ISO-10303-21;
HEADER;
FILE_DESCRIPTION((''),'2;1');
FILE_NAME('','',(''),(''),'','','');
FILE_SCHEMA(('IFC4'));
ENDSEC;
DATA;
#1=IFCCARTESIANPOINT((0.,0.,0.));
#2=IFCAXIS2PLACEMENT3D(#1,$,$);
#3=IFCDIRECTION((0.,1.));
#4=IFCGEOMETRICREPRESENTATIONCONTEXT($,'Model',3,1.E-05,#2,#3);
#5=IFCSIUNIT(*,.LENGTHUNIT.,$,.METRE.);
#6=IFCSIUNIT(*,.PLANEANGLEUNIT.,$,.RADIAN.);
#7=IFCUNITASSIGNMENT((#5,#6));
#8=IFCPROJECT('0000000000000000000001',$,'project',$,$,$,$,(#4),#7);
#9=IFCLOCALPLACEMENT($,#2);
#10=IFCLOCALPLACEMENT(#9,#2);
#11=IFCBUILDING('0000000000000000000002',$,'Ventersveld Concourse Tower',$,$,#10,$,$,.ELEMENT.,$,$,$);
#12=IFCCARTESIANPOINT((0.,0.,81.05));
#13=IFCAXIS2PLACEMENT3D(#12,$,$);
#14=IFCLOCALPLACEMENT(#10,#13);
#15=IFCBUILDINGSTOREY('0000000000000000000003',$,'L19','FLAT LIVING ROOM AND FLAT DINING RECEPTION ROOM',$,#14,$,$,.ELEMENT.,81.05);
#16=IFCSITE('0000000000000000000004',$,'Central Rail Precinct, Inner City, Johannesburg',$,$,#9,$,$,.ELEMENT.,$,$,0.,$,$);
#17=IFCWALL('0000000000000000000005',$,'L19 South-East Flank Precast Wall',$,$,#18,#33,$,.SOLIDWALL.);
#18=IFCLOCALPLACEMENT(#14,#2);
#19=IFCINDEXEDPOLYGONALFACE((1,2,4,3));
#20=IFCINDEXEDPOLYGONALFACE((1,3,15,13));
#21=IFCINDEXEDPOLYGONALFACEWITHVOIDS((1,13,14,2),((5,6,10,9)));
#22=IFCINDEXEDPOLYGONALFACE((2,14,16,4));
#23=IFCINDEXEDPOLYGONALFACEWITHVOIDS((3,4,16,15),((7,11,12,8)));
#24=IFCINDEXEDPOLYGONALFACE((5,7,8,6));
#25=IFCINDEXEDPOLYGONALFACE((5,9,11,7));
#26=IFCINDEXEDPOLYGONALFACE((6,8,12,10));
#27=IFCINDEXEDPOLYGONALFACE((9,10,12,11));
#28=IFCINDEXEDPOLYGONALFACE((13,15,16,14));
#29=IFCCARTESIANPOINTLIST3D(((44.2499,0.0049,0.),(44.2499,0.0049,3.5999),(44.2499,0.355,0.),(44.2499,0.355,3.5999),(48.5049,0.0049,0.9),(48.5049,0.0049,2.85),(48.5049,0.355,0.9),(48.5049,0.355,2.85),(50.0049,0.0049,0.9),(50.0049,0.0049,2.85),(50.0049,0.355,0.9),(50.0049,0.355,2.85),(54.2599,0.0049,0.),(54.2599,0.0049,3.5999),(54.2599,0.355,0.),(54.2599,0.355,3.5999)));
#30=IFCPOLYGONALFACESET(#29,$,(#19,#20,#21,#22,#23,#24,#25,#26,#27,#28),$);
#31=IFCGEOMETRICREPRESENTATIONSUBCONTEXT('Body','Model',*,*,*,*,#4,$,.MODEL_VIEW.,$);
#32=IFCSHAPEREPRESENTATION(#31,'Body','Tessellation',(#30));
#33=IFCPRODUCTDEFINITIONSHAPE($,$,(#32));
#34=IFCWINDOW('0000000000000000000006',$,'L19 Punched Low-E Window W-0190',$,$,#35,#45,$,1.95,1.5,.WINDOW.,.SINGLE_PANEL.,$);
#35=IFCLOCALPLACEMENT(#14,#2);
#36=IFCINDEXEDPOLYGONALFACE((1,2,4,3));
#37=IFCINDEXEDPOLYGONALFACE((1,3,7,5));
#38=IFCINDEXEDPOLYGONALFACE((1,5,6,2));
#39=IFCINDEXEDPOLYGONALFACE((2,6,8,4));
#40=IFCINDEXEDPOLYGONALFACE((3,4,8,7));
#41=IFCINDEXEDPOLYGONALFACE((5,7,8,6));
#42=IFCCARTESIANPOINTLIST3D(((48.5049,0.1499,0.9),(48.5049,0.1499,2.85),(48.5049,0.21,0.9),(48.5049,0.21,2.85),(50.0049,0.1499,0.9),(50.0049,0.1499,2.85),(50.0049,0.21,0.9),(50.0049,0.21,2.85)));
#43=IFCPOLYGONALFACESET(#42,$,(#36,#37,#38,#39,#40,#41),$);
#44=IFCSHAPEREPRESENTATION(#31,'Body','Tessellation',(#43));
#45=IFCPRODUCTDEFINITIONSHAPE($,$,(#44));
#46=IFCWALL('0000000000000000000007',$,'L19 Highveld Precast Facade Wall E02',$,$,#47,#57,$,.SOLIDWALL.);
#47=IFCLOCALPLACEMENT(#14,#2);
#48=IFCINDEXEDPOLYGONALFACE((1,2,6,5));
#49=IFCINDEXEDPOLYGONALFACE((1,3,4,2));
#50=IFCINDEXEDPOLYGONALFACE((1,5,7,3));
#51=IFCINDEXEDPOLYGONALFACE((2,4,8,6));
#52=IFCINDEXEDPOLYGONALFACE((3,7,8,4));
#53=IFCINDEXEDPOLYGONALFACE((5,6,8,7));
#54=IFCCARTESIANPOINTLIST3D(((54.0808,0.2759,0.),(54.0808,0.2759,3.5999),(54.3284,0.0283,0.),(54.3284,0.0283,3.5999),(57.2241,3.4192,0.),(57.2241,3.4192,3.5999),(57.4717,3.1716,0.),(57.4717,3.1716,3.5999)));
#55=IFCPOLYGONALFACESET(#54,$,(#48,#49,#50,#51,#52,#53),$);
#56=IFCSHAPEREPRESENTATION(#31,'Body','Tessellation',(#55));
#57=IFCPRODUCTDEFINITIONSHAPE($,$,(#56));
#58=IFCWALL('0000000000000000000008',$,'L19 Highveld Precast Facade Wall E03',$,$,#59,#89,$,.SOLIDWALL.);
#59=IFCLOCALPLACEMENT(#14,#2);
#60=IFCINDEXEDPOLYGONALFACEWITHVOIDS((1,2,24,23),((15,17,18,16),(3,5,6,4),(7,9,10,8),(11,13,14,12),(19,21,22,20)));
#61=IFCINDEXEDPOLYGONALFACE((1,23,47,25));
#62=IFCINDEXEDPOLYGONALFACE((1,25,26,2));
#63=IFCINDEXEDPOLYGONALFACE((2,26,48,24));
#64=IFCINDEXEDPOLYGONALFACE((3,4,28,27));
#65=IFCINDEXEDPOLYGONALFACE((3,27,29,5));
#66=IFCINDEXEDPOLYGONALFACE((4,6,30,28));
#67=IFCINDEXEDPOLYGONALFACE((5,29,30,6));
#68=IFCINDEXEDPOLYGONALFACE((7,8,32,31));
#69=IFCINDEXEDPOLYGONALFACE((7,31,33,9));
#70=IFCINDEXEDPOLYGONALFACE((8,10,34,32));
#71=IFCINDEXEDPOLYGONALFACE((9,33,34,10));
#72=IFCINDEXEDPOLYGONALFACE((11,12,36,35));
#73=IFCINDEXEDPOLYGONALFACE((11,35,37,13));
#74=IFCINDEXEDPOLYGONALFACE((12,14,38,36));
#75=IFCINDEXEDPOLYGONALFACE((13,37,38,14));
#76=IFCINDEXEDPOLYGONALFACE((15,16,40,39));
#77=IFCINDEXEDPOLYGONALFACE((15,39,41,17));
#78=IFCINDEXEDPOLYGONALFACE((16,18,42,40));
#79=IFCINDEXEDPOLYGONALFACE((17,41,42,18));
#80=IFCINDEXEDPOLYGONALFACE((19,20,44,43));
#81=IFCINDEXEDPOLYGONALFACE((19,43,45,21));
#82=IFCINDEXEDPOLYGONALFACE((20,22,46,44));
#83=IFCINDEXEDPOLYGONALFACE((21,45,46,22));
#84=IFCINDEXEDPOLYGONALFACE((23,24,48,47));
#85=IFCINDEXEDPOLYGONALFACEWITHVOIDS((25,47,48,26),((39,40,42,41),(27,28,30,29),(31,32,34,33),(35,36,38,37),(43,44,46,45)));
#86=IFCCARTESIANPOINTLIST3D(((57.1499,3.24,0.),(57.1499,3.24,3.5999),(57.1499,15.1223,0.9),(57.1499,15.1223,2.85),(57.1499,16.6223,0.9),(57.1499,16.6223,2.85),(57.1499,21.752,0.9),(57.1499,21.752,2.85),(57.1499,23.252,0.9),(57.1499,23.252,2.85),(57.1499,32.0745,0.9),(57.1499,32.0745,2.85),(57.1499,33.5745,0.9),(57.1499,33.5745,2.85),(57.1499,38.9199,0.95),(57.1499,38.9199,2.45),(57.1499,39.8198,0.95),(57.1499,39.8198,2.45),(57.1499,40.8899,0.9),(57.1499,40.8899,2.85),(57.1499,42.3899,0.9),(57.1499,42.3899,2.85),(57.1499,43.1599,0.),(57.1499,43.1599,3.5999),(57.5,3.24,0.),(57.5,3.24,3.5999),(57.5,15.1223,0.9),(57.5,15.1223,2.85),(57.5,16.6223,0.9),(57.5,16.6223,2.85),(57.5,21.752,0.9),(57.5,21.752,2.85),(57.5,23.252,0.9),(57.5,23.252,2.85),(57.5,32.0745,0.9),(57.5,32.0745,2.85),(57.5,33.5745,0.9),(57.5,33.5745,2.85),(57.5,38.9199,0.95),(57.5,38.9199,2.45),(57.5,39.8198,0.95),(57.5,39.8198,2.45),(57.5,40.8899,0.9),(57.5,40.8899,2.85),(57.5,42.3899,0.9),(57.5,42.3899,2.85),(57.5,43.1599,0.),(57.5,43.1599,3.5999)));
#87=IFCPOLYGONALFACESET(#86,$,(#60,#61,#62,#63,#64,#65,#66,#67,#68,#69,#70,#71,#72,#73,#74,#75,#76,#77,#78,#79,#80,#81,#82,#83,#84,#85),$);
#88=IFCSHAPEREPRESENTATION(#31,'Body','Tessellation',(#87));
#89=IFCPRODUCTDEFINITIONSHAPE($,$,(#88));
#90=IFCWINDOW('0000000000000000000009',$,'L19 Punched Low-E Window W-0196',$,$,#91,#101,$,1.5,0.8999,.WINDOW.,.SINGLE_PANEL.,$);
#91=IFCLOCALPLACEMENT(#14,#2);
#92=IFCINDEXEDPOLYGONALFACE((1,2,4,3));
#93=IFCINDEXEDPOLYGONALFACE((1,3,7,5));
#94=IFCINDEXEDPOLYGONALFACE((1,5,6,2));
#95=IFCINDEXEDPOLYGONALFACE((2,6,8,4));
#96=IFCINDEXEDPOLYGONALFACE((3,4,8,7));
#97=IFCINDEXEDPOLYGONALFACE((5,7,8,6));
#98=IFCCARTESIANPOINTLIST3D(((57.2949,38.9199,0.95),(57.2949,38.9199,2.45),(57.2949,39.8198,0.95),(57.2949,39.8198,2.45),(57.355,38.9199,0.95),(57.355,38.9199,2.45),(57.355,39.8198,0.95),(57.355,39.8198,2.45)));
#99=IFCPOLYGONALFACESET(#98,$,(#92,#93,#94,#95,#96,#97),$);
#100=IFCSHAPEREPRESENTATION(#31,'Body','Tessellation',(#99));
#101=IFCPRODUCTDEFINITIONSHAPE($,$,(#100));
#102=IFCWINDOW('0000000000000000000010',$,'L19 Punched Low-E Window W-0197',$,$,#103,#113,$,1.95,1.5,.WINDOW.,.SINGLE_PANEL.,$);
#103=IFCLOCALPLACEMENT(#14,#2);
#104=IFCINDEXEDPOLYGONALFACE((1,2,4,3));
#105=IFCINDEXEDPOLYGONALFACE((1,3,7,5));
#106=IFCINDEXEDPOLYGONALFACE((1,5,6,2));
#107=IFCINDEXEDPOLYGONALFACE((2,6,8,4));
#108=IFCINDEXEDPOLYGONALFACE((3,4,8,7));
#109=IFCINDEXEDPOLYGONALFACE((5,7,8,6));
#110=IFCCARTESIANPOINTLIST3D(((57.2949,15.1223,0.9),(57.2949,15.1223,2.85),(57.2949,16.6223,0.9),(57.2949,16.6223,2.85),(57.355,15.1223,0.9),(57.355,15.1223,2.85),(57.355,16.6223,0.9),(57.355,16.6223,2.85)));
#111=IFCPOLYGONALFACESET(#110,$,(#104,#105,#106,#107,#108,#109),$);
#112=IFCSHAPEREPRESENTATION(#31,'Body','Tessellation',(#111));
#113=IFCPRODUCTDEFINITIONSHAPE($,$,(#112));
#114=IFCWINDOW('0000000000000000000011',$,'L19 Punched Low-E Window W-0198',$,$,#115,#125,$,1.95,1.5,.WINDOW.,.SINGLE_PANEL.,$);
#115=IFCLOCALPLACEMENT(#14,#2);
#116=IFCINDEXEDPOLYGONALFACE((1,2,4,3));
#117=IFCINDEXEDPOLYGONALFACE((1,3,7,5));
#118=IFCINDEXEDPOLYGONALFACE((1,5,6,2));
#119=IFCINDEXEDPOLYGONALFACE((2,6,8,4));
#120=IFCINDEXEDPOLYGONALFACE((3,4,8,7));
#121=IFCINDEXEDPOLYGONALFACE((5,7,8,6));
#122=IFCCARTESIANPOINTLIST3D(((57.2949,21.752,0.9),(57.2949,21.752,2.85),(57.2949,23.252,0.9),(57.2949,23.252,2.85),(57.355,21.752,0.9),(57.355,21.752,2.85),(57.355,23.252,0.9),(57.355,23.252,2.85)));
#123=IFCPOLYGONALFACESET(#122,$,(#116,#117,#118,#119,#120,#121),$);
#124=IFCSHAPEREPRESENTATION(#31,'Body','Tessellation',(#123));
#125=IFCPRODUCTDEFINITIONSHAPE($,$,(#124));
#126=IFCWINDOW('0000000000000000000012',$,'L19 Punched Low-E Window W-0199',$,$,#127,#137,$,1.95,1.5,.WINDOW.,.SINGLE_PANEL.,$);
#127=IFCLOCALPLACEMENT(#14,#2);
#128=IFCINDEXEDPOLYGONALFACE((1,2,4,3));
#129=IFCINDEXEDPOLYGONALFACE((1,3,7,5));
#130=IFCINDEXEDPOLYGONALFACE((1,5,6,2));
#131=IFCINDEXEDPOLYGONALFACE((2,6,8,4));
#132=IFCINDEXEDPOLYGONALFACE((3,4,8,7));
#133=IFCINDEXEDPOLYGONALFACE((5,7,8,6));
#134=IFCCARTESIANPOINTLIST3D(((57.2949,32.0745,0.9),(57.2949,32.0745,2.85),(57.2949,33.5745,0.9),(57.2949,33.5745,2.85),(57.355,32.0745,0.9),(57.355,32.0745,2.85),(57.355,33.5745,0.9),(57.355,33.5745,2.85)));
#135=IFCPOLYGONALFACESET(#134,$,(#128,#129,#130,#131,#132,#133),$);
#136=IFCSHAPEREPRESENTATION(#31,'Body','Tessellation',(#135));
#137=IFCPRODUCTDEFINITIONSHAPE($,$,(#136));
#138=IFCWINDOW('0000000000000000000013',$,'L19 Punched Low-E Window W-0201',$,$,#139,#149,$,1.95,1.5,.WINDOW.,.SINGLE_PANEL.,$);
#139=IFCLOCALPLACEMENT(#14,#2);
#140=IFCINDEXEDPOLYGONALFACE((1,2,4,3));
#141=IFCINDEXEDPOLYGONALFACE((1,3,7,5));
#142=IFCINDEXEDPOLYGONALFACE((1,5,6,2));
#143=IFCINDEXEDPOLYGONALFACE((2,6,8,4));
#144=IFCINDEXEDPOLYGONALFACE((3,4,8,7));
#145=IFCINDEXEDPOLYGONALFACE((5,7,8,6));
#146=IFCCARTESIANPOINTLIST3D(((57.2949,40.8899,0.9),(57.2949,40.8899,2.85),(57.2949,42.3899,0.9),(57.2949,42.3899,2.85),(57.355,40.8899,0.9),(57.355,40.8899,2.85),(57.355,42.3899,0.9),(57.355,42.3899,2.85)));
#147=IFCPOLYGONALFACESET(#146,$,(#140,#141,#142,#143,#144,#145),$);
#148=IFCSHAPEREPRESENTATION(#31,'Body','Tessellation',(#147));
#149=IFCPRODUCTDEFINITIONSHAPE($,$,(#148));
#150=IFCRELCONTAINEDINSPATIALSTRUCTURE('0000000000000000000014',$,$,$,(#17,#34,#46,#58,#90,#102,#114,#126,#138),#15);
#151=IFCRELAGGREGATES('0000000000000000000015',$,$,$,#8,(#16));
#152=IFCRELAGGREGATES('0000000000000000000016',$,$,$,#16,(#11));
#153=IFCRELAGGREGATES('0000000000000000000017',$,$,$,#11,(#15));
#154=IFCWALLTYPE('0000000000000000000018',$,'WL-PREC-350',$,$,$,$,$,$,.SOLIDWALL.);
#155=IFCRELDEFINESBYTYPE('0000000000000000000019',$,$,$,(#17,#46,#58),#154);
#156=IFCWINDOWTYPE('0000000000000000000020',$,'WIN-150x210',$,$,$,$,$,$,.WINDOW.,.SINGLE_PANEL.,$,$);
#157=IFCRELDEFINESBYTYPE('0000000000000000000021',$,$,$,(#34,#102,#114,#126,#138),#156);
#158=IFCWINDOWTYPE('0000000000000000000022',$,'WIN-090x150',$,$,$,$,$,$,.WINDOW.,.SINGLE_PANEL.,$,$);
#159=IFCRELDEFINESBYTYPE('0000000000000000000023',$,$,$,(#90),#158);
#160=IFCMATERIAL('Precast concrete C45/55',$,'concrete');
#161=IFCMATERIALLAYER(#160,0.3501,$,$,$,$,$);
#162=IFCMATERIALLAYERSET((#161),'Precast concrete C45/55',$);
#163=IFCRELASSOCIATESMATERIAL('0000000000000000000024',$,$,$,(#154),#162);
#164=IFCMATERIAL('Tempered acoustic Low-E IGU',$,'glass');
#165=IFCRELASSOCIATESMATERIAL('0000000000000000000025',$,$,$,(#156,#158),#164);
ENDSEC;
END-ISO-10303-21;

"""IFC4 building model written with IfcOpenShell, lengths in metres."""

from ifc_helpers import new_model, si_unit, direction, frame, frame_2d, origin, place, context, subcontext, project, spatial, rectangle, extrude, material, layer, layer_set, type_object, element, fill, save


model = new_model("IFC4")

# Units and contexts
model_context = context("Model", 3, precision=1e-05, world=origin(), true_north=direction((0.0, 1.0)))
body_context = subcontext(model_context, "Body", "Model", "MODEL_VIEW")
ifc_project = project(units=[si_unit("LENGTHUNIT", "METRE"), si_unit("PLANEANGLEUNIT", "RADIAN")], contexts=[model_context])

# Site, building, storey
site_placement = place(None, origin())
site = spatial("IfcSite", under=ifc_project, at=site_placement, Name="Central Rail Precinct, Inner City, Johannesburg", CompositionType="ELEMENT", RefElevation=0.0)
building_placement = place(site_placement, origin())
building = spatial("IfcBuilding", under=site, at=building_placement, Name="Ventersveld Concourse Tower", CompositionType="ELEMENT")
storey_placement = place(building_placement, frame((0.0, 0.0, 81.05)))
storey = spatial("IfcBuildingStorey", under=building, at=storey_placement, Name="L19", Description="FLAT LIVING ROOM AND FLAT DINING RECEPTION ROOM", CompositionType="ELEMENT", Elevation=81.05)

# Wall, opening, window
ifc_material_1 = material(Name="Precast concrete C45/55", Category="concrete")
ifc_layer_1 = layer(ifc_material_1, 0.3501)
ifc_layer_set_1 = layer_set([ifc_layer_1], Name="Precast concrete C45/55")
wall_type_1 = type_object("IfcWallType", Name="WL-PREC-350", PredefinedType="SOLIDWALL", material=ifc_layer_set_1)
wall_1_placement = place(storey_placement, frame((44.25, 0.1799, 0.0), z_axis=(0.0, 0.0, 1.0), x_axis=(1.0, 0.0, 0.0)))
wall_1 = element("IfcWall", 1, at=wall_1_placement, inside=storey, type_object=wall_type_1, Name="L19 South-East Flank Precast Wall", PredefinedType="SOLIDWALL", context=body_context, shape_type="SweptSolid", body=[
    extrude(rectangle(XDim=10.01, YDim=0.3501, at=frame_2d((5.0049, 0.0))), origin(), (0.0, 0.0, 1.0), 3.5999),
])
opening_1_placement = place(wall_1_placement, frame((4.2549, 0.0, 0.8999)))
opening_1 = element("IfcOpeningElement", 2, at=opening_1_placement, cuts=wall_1, PredefinedType="OPENING", context=body_context, shape_type="SweptSolid", body=[
    extrude(rectangle(XDim=1.5, YDim=1.95, at=frame_2d((0.75, 0.9751))), frame((0.0, 0.1851, 0.0), z_axis=(0.0, -1.0, 0.0), x_axis=(1.0, 0.0, 0.0)), (0.0, 0.0, 1.0), 0.3701),
])
ifc_material_2 = material(Name="Tempered acoustic Low-E IGU", Category="glass")
window_type_1 = type_object("IfcWindowType", Name="WIN-150x210", PartitioningType="SINGLE_PANEL", PredefinedType="WINDOW", material=ifc_material_2)
window_1_placement = place(opening_1_placement, origin())
window_1 = element("IfcWindow", 3, at=window_1_placement, inside=storey, type_object=window_type_1, Name="L19 Punched Low-E Window W-0190", OverallHeight=1.95, OverallWidth=1.5, PartitioningType="SINGLE_PANEL", PredefinedType="WINDOW", context=body_context, shape_type="SweptSolid", body=[
    extrude(rectangle(XDim=1.5, YDim=1.95, at=frame_2d((0.75, 0.9751))), frame((0.0, 0.03, 0.0), z_axis=(0.0, -1.0, 0.0), x_axis=(1.0, 0.0, 0.0)), (0.0, 0.0, 1.0), 0.0601),
])
fill(opening_1, window_1)

# Wall
wall_2_placement = place(storey_placement, frame((54.2046, 0.1521, 0.0), z_axis=(0.0, 0.0, 1.0), x_axis=(0.707107, 0.707107, 0.0)))
element("IfcWall", 4, at=wall_2_placement, inside=storey, type_object=wall_type_1, Name="L19 Highveld Precast Facade Wall E02", PredefinedType="SOLIDWALL", context=body_context, shape_type="SweptSolid", body=[
    extrude(rectangle(XDim=4.4453, YDim=0.3501, at=frame_2d((2.2227, 0.0))), origin(), (0.0, 0.0, 1.0), 3.5999),
])

# Wall, openings, windows
wall_3_placement = place(storey_placement, frame((57.325, 3.24, 0.0), z_axis=(0.0, 0.0, 1.0), x_axis=(0.0, 1.0, 0.0)))
wall_3 = element("IfcWall", 5, at=wall_3_placement, inside=storey, type_object=wall_type_1, Name="L19 Highveld Precast Facade Wall E03", PredefinedType="SOLIDWALL", context=body_context, shape_type="SweptSolid", body=[
    extrude(rectangle(XDim=39.9199, YDim=0.3501, at=frame_2d((19.96, 0.0))), origin(), (0.0, 0.0, 1.0), 3.5999),
])
opening_2_placement = place(wall_3_placement, frame((35.6799, 0.0, 0.95)))
opening_2 = element("IfcOpeningElement", 6, at=opening_2_placement, cuts=wall_3, PredefinedType="OPENING", context=body_context, shape_type="SweptSolid", body=[
    extrude(rectangle(XDim=0.8999, YDim=1.5, at=frame_2d((0.45, 0.75))), frame((0.0, 0.1851, 0.0), z_axis=(0.0, -1.0, 0.0), x_axis=(1.0, 0.0, 0.0)), (0.0, 0.0, 1.0), 0.3701),
])
opening_3_placement = place(wall_3_placement, frame((11.8823, 0.0, 0.8999)))
opening_3 = element("IfcOpeningElement", 7, at=opening_3_placement, cuts=wall_3, PredefinedType="OPENING", context=body_context, shape_type="SweptSolid", body=[
    extrude(rectangle(XDim=1.5, YDim=1.95, at=frame_2d((0.75, 0.9751))), frame((0.0, 0.1851, 0.0), z_axis=(0.0, -1.0, 0.0), x_axis=(1.0, 0.0, 0.0)), (0.0, 0.0, 1.0), 0.3701),
])
opening_4_placement = place(wall_3_placement, frame((18.512, 0.0, 0.8999)))
opening_4 = element("IfcOpeningElement", 8, at=opening_4_placement, cuts=wall_3, PredefinedType="OPENING", context=body_context, shape_type="SweptSolid", body=[
    extrude(rectangle(XDim=1.5, YDim=1.95, at=frame_2d((0.75, 0.9751))), frame((0.0, 0.1851, 0.0), z_axis=(0.0, -1.0, 0.0), x_axis=(1.0, 0.0, 0.0)), (0.0, 0.0, 1.0), 0.3701),
])
opening_5_placement = place(wall_3_placement, frame((28.8345, 0.0, 0.8999)))
opening_5 = element("IfcOpeningElement", 9, at=opening_5_placement, cuts=wall_3, PredefinedType="OPENING", context=body_context, shape_type="SweptSolid", body=[
    extrude(rectangle(XDim=1.5, YDim=1.95, at=frame_2d((0.75, 0.9751))), frame((0.0, 0.1851, 0.0), z_axis=(0.0, -1.0, 0.0), x_axis=(1.0, 0.0, 0.0)), (0.0, 0.0, 1.0), 0.3701),
])
opening_6_placement = place(wall_3_placement, frame((37.6499, 0.0, 0.8999)))
opening_6 = element("IfcOpeningElement", 10, at=opening_6_placement, cuts=wall_3, PredefinedType="OPENING", context=body_context, shape_type="SweptSolid", body=[
    extrude(rectangle(XDim=1.5, YDim=1.95, at=frame_2d((0.75, 0.9751))), frame((0.0, 0.1851, 0.0), z_axis=(0.0, -1.0, 0.0), x_axis=(1.0, 0.0, 0.0)), (0.0, 0.0, 1.0), 0.3701),
])
window_type_2 = type_object("IfcWindowType", Name="WIN-090x150", PartitioningType="SINGLE_PANEL", PredefinedType="WINDOW", material=ifc_material_2)
window_2_placement = place(opening_2_placement, origin())
window_2 = element("IfcWindow", 11, at=window_2_placement, inside=storey, type_object=window_type_2, Name="L19 Punched Low-E Window W-0196", OverallHeight=1.5, OverallWidth=0.8999, PartitioningType="SINGLE_PANEL", PredefinedType="WINDOW", context=body_context, shape_type="SweptSolid", body=[
    extrude(rectangle(XDim=0.8999, YDim=1.5, at=frame_2d((0.45, 0.75))), frame((0.0, 0.03, 0.0), z_axis=(0.0, -1.0, 0.0), x_axis=(1.0, 0.0, 0.0)), (0.0, 0.0, 1.0), 0.0601),
])
fill(opening_2, window_2)
window_3_placement = place(opening_3_placement, origin())
window_3 = element("IfcWindow", 12, at=window_3_placement, inside=storey, type_object=window_type_1, Name="L19 Punched Low-E Window W-0197", OverallHeight=1.95, OverallWidth=1.5, PartitioningType="SINGLE_PANEL", PredefinedType="WINDOW", context=body_context, shape_type="SweptSolid", body=[
    extrude(rectangle(XDim=1.5, YDim=1.95, at=frame_2d((0.75, 0.9751))), frame((0.0, 0.03, 0.0), z_axis=(0.0, -1.0, 0.0), x_axis=(1.0, 0.0, 0.0)), (0.0, 0.0, 1.0), 0.0601),
])
fill(opening_3, window_3)
window_4_placement = place(opening_4_placement, origin())
window_4 = element("IfcWindow", 13, at=window_4_placement, inside=storey, type_object=window_type_1, Name="L19 Punched Low-E Window W-0198", OverallHeight=1.95, OverallWidth=1.5, PartitioningType="SINGLE_PANEL", PredefinedType="WINDOW", context=body_context, shape_type="SweptSolid", body=[
    extrude(rectangle(XDim=1.5, YDim=1.95, at=frame_2d((0.75, 0.9751))), frame((0.0, 0.03, 0.0), z_axis=(0.0, -1.0, 0.0), x_axis=(1.0, 0.0, 0.0)), (0.0, 0.0, 1.0), 0.0601),
])
fill(opening_4, window_4)
window_5_placement = place(opening_5_placement, origin())
window_5 = element("IfcWindow", 14, at=window_5_placement, inside=storey, type_object=window_type_1, Name="L19 Punched Low-E Window W-0199", OverallHeight=1.95, OverallWidth=1.5, PartitioningType="SINGLE_PANEL", PredefinedType="WINDOW", context=body_context, shape_type="SweptSolid", body=[
    extrude(rectangle(XDim=1.5, YDim=1.95, at=frame_2d((0.75, 0.9751))), frame((0.0, 0.03, 0.0), z_axis=(0.0, -1.0, 0.0), x_axis=(1.0, 0.0, 0.0)), (0.0, 0.0, 1.0), 0.0601),
])
fill(opening_5, window_5)
window_6_placement = place(opening_6_placement, origin())
window_6 = element("IfcWindow", 15, at=window_6_placement, inside=storey, type_object=window_type_1, Name="L19 Punched Low-E Window W-0201", OverallHeight=1.95, OverallWidth=1.5, PartitioningType="SINGLE_PANEL", PredefinedType="WINDOW", context=body_context, shape_type="SweptSolid", body=[
    extrude(rectangle(XDim=1.5, YDim=1.95, at=frame_2d((0.75, 0.9751))), frame((0.0, 0.03, 0.0), z_axis=(0.0, -1.0, 0.0), x_axis=(1.0, 0.0, 0.0)), (0.0, 0.0, 1.0), 0.0601),
])
fill(opening_6, window_6)

save(model, "model.ifc")
